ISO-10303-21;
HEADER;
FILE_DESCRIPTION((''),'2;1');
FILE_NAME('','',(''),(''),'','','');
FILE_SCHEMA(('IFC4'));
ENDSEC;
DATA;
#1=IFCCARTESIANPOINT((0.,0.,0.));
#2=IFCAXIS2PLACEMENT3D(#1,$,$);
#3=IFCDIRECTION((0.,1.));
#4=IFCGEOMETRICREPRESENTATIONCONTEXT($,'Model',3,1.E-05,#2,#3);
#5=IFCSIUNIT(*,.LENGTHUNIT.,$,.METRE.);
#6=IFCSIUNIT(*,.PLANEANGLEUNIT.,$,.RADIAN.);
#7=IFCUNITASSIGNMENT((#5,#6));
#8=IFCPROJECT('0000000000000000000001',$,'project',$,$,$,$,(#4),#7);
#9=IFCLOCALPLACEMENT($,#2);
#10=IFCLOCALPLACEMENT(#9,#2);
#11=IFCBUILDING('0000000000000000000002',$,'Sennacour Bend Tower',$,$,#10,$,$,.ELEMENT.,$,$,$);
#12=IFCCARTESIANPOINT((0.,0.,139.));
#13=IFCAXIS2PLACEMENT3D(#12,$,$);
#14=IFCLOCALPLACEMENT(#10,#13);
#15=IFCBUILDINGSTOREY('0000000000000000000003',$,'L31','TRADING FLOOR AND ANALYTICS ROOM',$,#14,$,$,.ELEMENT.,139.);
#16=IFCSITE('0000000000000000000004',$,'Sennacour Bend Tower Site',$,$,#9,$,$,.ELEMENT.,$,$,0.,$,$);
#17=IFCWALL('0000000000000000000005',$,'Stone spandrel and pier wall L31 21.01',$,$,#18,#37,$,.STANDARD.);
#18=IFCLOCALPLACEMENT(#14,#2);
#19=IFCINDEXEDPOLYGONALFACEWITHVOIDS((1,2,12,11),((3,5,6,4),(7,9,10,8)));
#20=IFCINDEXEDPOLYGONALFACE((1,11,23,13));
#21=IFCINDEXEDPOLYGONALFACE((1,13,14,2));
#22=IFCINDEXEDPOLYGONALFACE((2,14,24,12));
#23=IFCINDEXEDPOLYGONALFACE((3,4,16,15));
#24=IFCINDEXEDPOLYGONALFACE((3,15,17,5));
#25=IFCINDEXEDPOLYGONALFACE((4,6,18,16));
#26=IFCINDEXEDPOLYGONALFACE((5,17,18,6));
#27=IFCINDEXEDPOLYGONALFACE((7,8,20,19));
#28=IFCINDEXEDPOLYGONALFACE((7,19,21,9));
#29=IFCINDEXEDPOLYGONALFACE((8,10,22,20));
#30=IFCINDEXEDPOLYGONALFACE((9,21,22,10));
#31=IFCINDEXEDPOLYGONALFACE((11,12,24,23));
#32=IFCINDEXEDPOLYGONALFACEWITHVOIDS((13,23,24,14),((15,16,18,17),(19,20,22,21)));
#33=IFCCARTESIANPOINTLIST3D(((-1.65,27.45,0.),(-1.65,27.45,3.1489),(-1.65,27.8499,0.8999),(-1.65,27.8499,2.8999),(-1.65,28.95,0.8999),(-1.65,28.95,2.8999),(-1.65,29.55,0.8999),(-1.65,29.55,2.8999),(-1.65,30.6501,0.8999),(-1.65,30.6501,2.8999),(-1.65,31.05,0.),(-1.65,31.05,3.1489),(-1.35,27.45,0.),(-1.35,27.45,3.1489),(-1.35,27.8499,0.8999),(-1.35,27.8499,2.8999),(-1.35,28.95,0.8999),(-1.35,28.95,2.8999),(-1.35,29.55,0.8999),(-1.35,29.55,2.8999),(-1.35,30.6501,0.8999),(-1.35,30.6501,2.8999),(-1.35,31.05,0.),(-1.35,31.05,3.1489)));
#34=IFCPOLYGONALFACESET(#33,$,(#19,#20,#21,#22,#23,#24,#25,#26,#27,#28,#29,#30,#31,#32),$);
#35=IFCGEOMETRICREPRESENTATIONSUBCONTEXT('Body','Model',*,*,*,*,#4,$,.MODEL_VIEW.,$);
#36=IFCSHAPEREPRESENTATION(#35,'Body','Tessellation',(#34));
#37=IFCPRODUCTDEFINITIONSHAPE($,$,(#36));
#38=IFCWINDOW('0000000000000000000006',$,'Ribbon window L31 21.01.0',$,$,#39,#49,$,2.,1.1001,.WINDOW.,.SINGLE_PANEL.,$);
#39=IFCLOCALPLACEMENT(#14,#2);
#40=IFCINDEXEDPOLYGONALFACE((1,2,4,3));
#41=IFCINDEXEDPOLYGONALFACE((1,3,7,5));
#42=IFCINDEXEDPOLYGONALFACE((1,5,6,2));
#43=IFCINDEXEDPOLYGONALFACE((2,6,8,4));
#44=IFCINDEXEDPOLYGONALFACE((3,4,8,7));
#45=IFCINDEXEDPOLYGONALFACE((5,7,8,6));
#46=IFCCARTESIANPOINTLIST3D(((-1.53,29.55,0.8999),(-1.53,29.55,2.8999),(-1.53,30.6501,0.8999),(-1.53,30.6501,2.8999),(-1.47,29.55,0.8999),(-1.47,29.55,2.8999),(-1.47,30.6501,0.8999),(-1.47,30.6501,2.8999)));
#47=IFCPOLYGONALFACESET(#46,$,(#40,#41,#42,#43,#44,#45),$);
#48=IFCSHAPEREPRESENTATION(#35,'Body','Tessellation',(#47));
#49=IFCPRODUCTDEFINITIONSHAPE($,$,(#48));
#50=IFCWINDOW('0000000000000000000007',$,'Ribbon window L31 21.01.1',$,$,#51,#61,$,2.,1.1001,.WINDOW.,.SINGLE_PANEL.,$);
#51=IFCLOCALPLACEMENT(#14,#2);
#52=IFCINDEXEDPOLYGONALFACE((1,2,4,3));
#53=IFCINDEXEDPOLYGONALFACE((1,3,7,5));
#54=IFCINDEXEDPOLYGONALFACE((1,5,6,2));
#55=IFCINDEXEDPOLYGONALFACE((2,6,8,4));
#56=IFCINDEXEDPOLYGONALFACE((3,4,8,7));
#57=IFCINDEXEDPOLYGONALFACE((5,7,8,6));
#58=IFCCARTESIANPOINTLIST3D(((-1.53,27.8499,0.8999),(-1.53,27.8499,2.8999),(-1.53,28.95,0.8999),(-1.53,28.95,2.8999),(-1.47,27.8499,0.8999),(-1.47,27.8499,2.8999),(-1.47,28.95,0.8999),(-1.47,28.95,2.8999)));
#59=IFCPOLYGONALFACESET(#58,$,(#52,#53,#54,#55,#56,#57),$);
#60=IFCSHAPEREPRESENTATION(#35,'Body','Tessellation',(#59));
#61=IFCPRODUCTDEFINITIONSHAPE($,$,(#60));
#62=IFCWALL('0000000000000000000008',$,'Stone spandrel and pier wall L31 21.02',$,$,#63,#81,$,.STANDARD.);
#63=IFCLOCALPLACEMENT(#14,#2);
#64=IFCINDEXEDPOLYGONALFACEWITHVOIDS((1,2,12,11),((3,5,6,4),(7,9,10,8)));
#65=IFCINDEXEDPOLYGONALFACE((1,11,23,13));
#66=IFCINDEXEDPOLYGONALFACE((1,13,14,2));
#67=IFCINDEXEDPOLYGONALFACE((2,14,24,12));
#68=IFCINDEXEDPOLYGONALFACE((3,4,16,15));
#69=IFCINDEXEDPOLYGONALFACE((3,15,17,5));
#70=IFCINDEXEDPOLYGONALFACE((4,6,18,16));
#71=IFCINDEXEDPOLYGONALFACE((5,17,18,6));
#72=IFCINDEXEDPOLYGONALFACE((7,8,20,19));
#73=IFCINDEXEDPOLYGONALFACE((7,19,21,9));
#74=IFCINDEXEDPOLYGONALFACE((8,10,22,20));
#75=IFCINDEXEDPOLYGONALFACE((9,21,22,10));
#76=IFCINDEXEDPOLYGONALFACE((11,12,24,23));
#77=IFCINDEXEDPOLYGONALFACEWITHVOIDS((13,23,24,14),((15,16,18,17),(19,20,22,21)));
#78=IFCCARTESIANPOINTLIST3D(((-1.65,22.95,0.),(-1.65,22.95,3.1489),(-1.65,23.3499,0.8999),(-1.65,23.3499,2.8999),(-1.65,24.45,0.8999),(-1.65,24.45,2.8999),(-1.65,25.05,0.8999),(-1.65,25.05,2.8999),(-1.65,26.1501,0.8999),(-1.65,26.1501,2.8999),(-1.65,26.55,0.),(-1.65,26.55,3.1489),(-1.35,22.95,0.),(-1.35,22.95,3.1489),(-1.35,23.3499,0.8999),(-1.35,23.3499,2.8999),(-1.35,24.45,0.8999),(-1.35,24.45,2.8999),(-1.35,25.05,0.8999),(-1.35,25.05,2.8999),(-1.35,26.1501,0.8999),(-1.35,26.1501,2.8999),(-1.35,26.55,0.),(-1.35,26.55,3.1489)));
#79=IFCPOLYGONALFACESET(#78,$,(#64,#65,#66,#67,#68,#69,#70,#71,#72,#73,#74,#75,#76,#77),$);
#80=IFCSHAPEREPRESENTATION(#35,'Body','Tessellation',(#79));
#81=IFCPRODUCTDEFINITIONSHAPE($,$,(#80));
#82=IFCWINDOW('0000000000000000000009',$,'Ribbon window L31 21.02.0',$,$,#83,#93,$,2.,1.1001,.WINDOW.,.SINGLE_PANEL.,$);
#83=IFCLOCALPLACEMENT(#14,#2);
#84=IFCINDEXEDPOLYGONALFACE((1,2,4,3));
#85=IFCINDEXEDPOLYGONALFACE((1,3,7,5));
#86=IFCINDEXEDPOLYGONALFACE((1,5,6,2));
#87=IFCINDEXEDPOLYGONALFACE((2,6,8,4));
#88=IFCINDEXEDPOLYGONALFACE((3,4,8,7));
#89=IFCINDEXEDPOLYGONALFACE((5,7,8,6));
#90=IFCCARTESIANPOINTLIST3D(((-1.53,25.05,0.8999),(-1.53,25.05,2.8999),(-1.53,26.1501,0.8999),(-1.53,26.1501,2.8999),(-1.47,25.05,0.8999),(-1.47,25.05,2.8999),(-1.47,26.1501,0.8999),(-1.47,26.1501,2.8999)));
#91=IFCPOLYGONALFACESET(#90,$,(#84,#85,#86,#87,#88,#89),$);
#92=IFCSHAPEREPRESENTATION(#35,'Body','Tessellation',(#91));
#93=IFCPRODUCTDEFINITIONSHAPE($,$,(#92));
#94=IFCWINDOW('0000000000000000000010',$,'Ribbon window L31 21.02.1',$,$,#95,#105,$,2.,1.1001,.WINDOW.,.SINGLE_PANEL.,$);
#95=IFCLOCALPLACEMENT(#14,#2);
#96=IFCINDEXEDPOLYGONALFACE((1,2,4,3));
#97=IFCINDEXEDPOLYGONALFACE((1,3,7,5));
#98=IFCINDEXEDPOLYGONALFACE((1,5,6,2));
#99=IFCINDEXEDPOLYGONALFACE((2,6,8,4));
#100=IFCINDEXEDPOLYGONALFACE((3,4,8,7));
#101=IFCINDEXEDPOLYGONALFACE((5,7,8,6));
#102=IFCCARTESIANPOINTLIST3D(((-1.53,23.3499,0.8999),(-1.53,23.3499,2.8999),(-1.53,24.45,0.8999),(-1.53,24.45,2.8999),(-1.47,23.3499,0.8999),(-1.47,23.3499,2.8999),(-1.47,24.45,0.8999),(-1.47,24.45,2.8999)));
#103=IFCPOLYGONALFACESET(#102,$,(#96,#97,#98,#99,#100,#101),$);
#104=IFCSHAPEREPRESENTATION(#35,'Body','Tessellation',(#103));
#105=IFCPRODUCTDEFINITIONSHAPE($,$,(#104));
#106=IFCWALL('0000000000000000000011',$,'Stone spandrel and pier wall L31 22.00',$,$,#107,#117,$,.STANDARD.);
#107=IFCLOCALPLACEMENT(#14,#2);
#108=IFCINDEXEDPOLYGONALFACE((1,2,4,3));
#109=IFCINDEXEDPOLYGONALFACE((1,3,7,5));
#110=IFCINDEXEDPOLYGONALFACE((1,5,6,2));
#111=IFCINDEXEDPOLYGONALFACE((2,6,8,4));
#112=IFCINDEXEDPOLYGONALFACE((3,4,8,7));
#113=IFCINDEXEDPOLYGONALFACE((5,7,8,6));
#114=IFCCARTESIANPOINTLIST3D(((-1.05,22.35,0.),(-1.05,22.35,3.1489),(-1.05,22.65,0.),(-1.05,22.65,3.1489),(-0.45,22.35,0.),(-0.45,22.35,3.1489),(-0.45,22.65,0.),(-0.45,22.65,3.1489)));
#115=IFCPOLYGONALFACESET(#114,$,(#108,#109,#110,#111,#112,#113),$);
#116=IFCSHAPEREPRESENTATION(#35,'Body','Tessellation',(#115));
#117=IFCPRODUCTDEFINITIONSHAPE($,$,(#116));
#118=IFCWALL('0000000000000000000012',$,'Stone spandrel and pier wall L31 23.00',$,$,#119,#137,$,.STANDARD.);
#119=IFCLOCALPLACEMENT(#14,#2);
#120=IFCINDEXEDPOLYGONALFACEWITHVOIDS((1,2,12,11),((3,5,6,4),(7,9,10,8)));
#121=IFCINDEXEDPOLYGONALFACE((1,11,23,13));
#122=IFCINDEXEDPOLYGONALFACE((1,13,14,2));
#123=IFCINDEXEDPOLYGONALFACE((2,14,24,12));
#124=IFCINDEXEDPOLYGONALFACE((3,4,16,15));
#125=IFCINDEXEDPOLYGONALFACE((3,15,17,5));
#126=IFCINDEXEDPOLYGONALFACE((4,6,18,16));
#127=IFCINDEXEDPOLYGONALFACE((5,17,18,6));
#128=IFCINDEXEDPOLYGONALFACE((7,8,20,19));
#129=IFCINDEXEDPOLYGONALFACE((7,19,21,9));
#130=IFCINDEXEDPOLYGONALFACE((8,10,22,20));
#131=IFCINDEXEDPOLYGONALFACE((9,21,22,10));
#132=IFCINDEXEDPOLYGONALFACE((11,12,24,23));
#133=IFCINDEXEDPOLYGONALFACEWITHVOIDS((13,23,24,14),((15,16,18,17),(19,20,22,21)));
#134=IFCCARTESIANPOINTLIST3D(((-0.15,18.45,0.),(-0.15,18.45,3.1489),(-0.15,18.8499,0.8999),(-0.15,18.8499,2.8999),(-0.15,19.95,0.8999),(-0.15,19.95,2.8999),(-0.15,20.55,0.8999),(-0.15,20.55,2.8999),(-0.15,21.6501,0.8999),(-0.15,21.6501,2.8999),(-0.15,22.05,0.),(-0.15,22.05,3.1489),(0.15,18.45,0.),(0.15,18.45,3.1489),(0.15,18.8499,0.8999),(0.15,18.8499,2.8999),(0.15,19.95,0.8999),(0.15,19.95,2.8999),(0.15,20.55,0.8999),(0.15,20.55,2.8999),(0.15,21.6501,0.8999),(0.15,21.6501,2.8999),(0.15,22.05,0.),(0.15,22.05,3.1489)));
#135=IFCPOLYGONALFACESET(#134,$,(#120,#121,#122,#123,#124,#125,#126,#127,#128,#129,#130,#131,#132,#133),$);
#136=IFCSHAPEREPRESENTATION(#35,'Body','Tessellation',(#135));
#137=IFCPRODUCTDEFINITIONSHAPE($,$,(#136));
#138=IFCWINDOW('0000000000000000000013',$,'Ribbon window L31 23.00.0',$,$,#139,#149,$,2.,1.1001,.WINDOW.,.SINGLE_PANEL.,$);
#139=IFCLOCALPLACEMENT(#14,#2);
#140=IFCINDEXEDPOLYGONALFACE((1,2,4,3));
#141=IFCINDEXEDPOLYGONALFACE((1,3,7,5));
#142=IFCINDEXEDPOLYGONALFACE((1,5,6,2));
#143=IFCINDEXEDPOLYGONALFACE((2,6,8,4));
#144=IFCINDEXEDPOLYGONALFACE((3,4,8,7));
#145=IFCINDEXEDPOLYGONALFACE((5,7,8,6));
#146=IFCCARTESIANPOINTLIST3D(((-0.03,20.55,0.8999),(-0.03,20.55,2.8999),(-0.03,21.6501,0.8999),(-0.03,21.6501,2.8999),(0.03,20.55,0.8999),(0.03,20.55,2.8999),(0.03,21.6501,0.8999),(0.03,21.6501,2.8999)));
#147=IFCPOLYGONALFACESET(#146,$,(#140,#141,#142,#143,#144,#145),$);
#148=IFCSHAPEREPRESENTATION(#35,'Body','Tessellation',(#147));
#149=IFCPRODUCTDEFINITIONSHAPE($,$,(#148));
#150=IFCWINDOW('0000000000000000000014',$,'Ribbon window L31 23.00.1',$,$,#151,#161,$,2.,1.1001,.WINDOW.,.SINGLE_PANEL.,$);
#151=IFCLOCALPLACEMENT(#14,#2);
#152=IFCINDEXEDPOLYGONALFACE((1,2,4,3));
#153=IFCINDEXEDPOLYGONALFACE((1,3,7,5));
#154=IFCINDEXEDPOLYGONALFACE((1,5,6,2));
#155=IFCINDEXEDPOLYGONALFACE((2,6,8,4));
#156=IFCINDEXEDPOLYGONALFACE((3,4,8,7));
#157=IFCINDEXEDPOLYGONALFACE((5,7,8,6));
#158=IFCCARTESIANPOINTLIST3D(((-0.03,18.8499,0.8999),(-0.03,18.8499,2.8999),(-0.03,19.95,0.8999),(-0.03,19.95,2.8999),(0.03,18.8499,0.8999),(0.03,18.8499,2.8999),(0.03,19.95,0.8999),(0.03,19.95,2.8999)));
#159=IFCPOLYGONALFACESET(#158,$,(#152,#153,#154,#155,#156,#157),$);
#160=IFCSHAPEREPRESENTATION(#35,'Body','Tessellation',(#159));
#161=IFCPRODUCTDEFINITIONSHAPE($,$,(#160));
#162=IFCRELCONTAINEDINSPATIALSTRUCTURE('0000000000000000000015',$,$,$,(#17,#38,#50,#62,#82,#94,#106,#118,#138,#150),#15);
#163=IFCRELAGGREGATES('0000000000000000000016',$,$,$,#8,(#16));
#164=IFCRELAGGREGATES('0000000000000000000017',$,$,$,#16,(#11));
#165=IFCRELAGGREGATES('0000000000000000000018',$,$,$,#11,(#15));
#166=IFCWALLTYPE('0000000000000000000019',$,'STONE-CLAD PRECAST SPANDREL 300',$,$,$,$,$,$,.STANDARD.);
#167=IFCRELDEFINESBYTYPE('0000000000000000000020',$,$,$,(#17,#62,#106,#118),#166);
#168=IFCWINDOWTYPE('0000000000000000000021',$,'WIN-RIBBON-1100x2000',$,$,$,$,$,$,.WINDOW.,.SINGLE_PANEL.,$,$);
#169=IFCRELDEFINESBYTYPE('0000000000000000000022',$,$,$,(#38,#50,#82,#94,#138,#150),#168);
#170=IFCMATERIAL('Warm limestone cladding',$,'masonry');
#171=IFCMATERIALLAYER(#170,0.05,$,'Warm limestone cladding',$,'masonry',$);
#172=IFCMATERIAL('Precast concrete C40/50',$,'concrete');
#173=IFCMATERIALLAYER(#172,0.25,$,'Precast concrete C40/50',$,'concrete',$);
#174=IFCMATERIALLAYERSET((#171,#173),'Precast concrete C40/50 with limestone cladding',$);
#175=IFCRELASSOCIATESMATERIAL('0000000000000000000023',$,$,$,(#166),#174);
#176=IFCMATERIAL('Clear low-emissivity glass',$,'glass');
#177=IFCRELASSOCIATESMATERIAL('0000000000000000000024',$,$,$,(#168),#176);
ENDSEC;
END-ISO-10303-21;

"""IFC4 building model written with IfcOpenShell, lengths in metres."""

from ifc_helpers import new_model, si_unit, direction, frame, frame_2d, origin, place, context, subcontext, project, spatial, rectangle, extrude, material, layer, layer_set, type_object, element, fill, save


model = new_model("IFC4")

# Units and contexts
model_context = context("Model", 3, precision=1e-05, world=origin(), true_north=direction((0.0, 1.0)))
body_context = subcontext(model_context, "Body", "Model", "MODEL_VIEW")
ifc_project = project(units=[si_unit("LENGTHUNIT", "METRE"), si_unit("PLANEANGLEUNIT", "RADIAN")], contexts=[model_context])

# Site, building, storey
site_placement = place(None, origin())
site = spatial("IfcSite", under=ifc_project, at=site_placement, Name="Sennacour Bend Tower Site", CompositionType="ELEMENT", RefElevation=0.0)
building_placement = place(site_placement, origin())
building = spatial("IfcBuilding", under=site, at=building_placement, Name="Sennacour Bend Tower", CompositionType="ELEMENT")
storey_placement = place(building_placement, frame((0.0, 0.0, 139.0)))
storey = spatial("IfcBuildingStorey", under=building, at=storey_placement, Name="L31", Description="TRADING FLOOR AND ANALYTICS ROOM", CompositionType="ELEMENT", Elevation=139.0)

# Walls, openings, windows
ifc_material_1 = material(Name="Warm limestone cladding", Category="masonry")
ifc_layer_1 = layer(ifc_material_1, 0.05, Name="Warm limestone cladding", Category="masonry")
ifc_material_2 = material(Name="Precast concrete C40/50", Category="concrete")
ifc_layer_2 = layer(ifc_material_2, 0.25, Name="Precast concrete C40/50", Category="concrete")
ifc_layer_set_1 = layer_set([ifc_layer_1, ifc_layer_2], Name="Precast concrete C40/50 with limestone cladding")
wall_type_1 = type_object("IfcWallType", Name="STONE-CLAD PRECAST SPANDREL 300", PredefinedType="STANDARD", material=ifc_layer_set_1)
wall_1_placement = place(storey_placement, frame((-1.5, 31.05, 0.0), z_axis=(0.0, 0.0, 1.0), x_axis=(0.0, -1.0, 0.0)))
wall_1 = element("IfcWall", 1, at=wall_1_placement, inside=storey, type_object=wall_type_1, Name="Stone spandrel and pier wall L31 21.01", PredefinedType="STANDARD", context=body_context, shape_type="SweptSolid", body=[
    extrude(rectangle(XDim=3.6001, YDim=0.3, at=frame_2d((1.8, 0.0))), origin(), (0.0, 0.0, 1.0), 3.1489),
])
opening_1_placement = place(wall_1_placement, frame((0.3999, 0.0, 0.8999)))
opening_1 = element("IfcOpeningElement", 2, at=opening_1_placement, cuts=wall_1, PredefinedType="OPENING", context=body_context, shape_type="SweptSolid", body=[
    extrude(rectangle(XDim=1.1001, YDim=2.0, at=frame_2d((0.55, 1.0))), frame((0.0, 0.1602, 0.0), z_axis=(0.0, -1.0, 0.0), x_axis=(1.0, 0.0, 0.0)), (0.0, 0.0, 1.0), 0.3201),
])
opening_2_placement = place(wall_1_placement, frame((2.1001, 0.0, 0.8999)))
opening_2 = element("IfcOpeningElement", 3, at=opening_2_placement, cuts=wall_1, PredefinedType="OPENING", context=body_context, shape_type="SweptSolid", body=[
    extrude(rectangle(XDim=1.1001, YDim=2.0, at=frame_2d((0.55, 1.0))), frame((0.0, 0.1602, 0.0), z_axis=(0.0, -1.0, 0.0), x_axis=(1.0, 0.0, 0.0)), (0.0, 0.0, 1.0), 0.3201),
])
ifc_material_3 = material(Name="Clear low-emissivity glass", Category="glass")
window_type = type_object("IfcWindowType", Name="WIN-RIBBON-1100x2000", PartitioningType="SINGLE_PANEL", PredefinedType="WINDOW", material=ifc_material_3)
window_1_placement = place(opening_1_placement, origin())
window_1 = element("IfcWindow", 4, at=window_1_placement, inside=storey, type_object=window_type, Name="Ribbon window L31 21.01.0", OverallHeight=2.0, OverallWidth=1.1001, PartitioningType="SINGLE_PANEL", PredefinedType="WINDOW", context=body_context, shape_type="SweptSolid", body=[
    extrude(rectangle(XDim=1.1001, YDim=2.0, at=frame_2d((0.55, 1.0))), frame((0.0, 0.03, 0.0), z_axis=(0.0, -1.0, 0.0), x_axis=(1.0, 0.0, 0.0)), (0.0, 0.0, 1.0), 0.0601),
])
fill(opening_1, window_1)
window_2_placement = place(opening_2_placement, origin())
window_2 = element("IfcWindow", 5, at=window_2_placement, inside=storey, type_object=window_type, Name="Ribbon window L31 21.01.1", OverallHeight=2.0, OverallWidth=1.1001, PartitioningType="SINGLE_PANEL", PredefinedType="WINDOW", context=body_context, shape_type="SweptSolid", body=[
    extrude(rectangle(XDim=1.1001, YDim=2.0, at=frame_2d((0.55, 1.0))), frame((0.0, 0.03, 0.0), z_axis=(0.0, -1.0, 0.0), x_axis=(1.0, 0.0, 0.0)), (0.0, 0.0, 1.0), 0.0601),
])
fill(opening_2, window_2)
wall_2_placement = place(storey_placement, frame((-1.5, 26.55, 0.0), z_axis=(0.0, 0.0, 1.0), x_axis=(0.0, -1.0, 0.0)))
wall_2 = element("IfcWall", 6, at=wall_2_placement, inside=storey, type_object=wall_type_1, Name="Stone spandrel and pier wall L31 21.02", PredefinedType="STANDARD", context=body_context, shape_type="SweptSolid", body=[
    extrude(rectangle(XDim=3.6001, YDim=0.3, at=frame_2d((1.8, 0.0))), origin(), (0.0, 0.0, 1.0), 3.1489),
])
opening_3_placement = place(wall_2_placement, frame((0.3999, 0.0, 0.8999)))
opening_3 = element("IfcOpeningElement", 7, at=opening_3_placement, cuts=wall_2, PredefinedType="OPENING", context=body_context, shape_type="SweptSolid", body=[
    extrude(rectangle(XDim=1.1001, YDim=2.0, at=frame_2d((0.55, 1.0))), frame((0.0, 0.1602, 0.0), z_axis=(0.0, -1.0, 0.0), x_axis=(1.0, 0.0, 0.0)), (0.0, 0.0, 1.0), 0.3201),
])
opening_4_placement = place(wall_2_placement, frame((2.1001, 0.0, 0.8999)))
opening_4 = element("IfcOpeningElement", 8, at=opening_4_placement, cuts=wall_2, PredefinedType="OPENING", context=body_context, shape_type="SweptSolid", body=[
    extrude(rectangle(XDim=1.1001, YDim=2.0, at=frame_2d((0.55, 1.0))), frame((0.0, 0.1602, 0.0), z_axis=(0.0, -1.0, 0.0), x_axis=(1.0, 0.0, 0.0)), (0.0, 0.0, 1.0), 0.3201),
])
window_3_placement = place(opening_3_placement, origin())
window_3 = element("IfcWindow", 9, at=window_3_placement, inside=storey, type_object=window_type, Name="Ribbon window L31 21.02.0", OverallHeight=2.0, OverallWidth=1.1001, PartitioningType="SINGLE_PANEL", PredefinedType="WINDOW", context=body_context, shape_type="SweptSolid", body=[
    extrude(rectangle(XDim=1.1001, YDim=2.0, at=frame_2d((0.55, 1.0))), frame((0.0, 0.03, 0.0), z_axis=(0.0, -1.0, 0.0), x_axis=(1.0, 0.0, 0.0)), (0.0, 0.0, 1.0), 0.0601),
])
fill(opening_3, window_3)
window_4_placement = place(opening_4_placement, origin())
window_4 = element("IfcWindow", 10, at=window_4_placement, inside=storey, type_object=window_type, Name="Ribbon window L31 21.02.1", OverallHeight=2.0, OverallWidth=1.1001, PartitioningType="SINGLE_PANEL", PredefinedType="WINDOW", context=body_context, shape_type="SweptSolid", body=[
    extrude(rectangle(XDim=1.1001, YDim=2.0, at=frame_2d((0.55, 1.0))), frame((0.0, 0.03, 0.0), z_axis=(0.0, -1.0, 0.0), x_axis=(1.0, 0.0, 0.0)), (0.0, 0.0, 1.0), 0.0601),
])
fill(opening_4, window_4)

# Wall
wall_3_placement = place(storey_placement, frame((-1.05, 22.5, 0.0), z_axis=(0.0, 0.0, 1.0), x_axis=(1.0, 0.0, 0.0)))
element("IfcWall", 11, at=wall_3_placement, inside=storey, type_object=wall_type_1, Name="Stone spandrel and pier wall L31 22.00", PredefinedType="STANDARD", context=body_context, shape_type="SweptSolid", body=[
    extrude(rectangle(XDim=0.6001, YDim=0.3, at=frame_2d((0.3, 0.0))), origin(), (0.0, 0.0, 1.0), 3.1489),
])

# Wall, openings, windows
wall_4_placement = place(storey_placement, frame((0.0, 22.05, 0.0), z_axis=(0.0, 0.0, 1.0), x_axis=(0.0, -1.0, 0.0)))
wall_4 = element("IfcWall", 12, at=wall_4_placement, inside=storey, type_object=wall_type_1, Name="Stone spandrel and pier wall L31 23.00", PredefinedType="STANDARD", context=body_context, shape_type="SweptSolid", body=[
    extrude(rectangle(XDim=3.6001, YDim=0.3, at=frame_2d((1.8, 0.0))), origin(), (0.0, 0.0, 1.0), 3.1489),
])
opening_5_placement = place(wall_4_placement, frame((0.3999, 0.0, 0.8999)))
opening_5 = element("IfcOpeningElement", 13, at=opening_5_placement, cuts=wall_4, PredefinedType="OPENING", context=body_context, shape_type="SweptSolid", body=[
    extrude(rectangle(XDim=1.1001, YDim=2.0, at=frame_2d((0.55, 1.0))), frame((0.0, 0.1602, 0.0), z_axis=(0.0, -1.0, 0.0), x_axis=(1.0, 0.0, 0.0)), (0.0, 0.0, 1.0), 0.3201),
])
opening_6_placement = place(wall_4_placement, frame((2.1001, 0.0, 0.8999)))
opening_6 = element("IfcOpeningElement", 14, at=opening_6_placement, cuts=wall_4, PredefinedType="OPENING", context=body_context, shape_type="SweptSolid", body=[
    extrude(rectangle(XDim=1.1001, YDim=2.0, at=frame_2d((0.55, 1.0))), frame((0.0, 0.1602, 0.0), z_axis=(0.0, -1.0, 0.0), x_axis=(1.0, 0.0, 0.0)), (0.0, 0.0, 1.0), 0.3201),
])
window_5_placement = place(opening_5_placement, origin())
window_5 = element("IfcWindow", 15, at=window_5_placement, inside=storey, type_object=window_type, Name="Ribbon window L31 23.00.0", OverallHeight=2.0, OverallWidth=1.1001, PartitioningType="SINGLE_PANEL", PredefinedType="WINDOW", context=body_context, shape_type="SweptSolid", body=[
    extrude(rectangle(XDim=1.1001, YDim=2.0, at=frame_2d((0.55, 1.0))), frame((0.0, 0.03, 0.0), z_axis=(0.0, -1.0, 0.0), x_axis=(1.0, 0.0, 0.0)), (0.0, 0.0, 1.0), 0.0601),
])
fill(opening_5, window_5)
window_6_placement = place(opening_6_placement, origin())
window_6 = element("IfcWindow", 16, at=window_6_placement, inside=storey, type_object=window_type, Name="Ribbon window L31 23.00.1", OverallHeight=2.0, OverallWidth=1.1001, PartitioningType="SINGLE_PANEL", PredefinedType="WINDOW", context=body_context, shape_type="SweptSolid", body=[
    extrude(rectangle(XDim=1.1001, YDim=2.0, at=frame_2d((0.55, 1.0))), frame((0.0, 0.03, 0.0), z_axis=(0.0, -1.0, 0.0), x_axis=(1.0, 0.0, 0.0)), (0.0, 0.0, 1.0), 0.0601),
])
fill(opening_6, window_6)

save(model, "model.ifc")
